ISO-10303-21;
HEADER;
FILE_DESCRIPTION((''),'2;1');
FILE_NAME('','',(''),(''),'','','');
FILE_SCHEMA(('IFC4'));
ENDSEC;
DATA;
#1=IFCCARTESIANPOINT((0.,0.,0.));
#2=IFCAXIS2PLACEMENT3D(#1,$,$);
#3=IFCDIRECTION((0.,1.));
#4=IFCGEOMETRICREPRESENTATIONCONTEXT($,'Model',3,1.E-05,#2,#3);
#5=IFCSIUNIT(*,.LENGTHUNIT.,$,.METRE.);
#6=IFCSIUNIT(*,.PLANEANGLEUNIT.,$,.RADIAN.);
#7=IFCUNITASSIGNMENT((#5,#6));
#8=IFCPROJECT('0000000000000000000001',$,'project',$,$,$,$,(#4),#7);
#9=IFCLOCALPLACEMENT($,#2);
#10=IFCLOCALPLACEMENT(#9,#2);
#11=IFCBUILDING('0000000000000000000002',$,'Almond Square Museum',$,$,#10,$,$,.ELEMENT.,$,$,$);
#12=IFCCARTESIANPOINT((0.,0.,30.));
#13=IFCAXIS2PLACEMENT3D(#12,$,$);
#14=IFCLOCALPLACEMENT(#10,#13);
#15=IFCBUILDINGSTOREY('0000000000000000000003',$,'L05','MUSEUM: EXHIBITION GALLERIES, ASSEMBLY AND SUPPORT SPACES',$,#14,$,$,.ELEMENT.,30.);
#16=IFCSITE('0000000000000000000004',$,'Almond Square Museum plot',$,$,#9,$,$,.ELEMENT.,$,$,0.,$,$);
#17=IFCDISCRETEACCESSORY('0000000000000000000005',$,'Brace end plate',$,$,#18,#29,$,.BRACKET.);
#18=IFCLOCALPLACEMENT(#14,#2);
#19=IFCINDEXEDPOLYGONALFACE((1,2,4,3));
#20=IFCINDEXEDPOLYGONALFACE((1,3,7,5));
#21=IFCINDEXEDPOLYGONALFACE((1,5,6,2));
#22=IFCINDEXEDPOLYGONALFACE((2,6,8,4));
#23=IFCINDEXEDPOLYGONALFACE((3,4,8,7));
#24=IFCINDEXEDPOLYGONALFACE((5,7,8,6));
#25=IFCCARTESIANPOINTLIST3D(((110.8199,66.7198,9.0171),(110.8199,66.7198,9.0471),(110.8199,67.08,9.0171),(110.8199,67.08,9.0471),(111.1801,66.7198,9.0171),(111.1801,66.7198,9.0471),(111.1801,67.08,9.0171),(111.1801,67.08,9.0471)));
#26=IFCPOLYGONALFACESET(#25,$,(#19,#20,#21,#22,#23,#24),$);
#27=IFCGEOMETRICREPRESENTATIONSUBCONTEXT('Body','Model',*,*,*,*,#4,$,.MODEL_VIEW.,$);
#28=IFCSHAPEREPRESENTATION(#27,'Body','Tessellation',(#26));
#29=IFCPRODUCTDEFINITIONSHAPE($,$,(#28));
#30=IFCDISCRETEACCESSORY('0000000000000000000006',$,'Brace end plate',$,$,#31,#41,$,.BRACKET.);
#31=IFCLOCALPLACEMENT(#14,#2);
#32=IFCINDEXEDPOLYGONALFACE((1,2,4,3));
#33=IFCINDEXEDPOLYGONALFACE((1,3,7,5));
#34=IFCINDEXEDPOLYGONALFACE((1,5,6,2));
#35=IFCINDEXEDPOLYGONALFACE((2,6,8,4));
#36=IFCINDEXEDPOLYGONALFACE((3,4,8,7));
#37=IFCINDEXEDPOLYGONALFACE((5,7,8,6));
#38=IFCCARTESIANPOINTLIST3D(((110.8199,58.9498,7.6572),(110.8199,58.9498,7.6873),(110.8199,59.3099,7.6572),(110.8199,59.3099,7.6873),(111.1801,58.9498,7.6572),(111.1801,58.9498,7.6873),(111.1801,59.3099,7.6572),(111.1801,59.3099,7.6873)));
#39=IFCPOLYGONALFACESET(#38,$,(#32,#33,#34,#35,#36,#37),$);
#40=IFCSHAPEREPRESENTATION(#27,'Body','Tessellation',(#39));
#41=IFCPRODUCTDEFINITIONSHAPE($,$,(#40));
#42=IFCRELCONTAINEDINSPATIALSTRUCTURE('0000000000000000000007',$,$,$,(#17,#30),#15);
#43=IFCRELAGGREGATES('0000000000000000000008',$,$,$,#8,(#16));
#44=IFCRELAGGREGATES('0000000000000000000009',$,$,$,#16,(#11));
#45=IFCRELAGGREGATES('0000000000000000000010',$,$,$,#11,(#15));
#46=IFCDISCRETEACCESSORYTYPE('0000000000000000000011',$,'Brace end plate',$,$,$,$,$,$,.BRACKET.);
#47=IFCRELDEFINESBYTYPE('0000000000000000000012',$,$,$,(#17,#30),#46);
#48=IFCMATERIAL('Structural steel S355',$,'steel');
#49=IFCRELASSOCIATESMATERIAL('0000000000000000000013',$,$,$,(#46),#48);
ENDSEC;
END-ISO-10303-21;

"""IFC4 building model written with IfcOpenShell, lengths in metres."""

from ifc_helpers import new_model, si_unit, direction, frame, origin, origin_2d, place, context, subcontext, project, spatial, rectangle, extrude, material, type_object, element, save


model = new_model("IFC4")

# Units and contexts
model_context = context("Model", 3, precision=1e-05, world=origin(), true_north=direction((0.0, 1.0)))
body_context = subcontext(model_context, "Body", "Model", "MODEL_VIEW")
ifc_project = project(units=[si_unit("LENGTHUNIT", "METRE"), si_unit("PLANEANGLEUNIT", "RADIAN")], contexts=[model_context])

# Site, building, storey
site_placement = place(None, origin())
site = spatial("IfcSite", under=ifc_project, at=site_placement, Name="Almond Square Museum plot", CompositionType="ELEMENT", RefElevation=0.0)
building_placement = place(site_placement, origin())
building = spatial("IfcBuilding", under=site, at=building_placement, Name="Almond Square Museum", CompositionType="ELEMENT")
storey_placement = place(building_placement, frame((0.0, 0.0, 30.0)))
storey = spatial("IfcBuildingStorey", under=building, at=storey_placement, Name="L05", Description="MUSEUM: EXHIBITION GALLERIES, ASSEMBLY AND SUPPORT SPACES", CompositionType="ELEMENT", Elevation=30.0)

# Discrete accessories
ifc_material_1 = material(Name="Structural steel S355", Category="steel")
discrete_accessory_type_1 = type_object("IfcDiscreteAccessoryType", Name="Brace end plate", PredefinedType="BRACKET", material=ifc_material_1)
for number, where, z_axis, x_axis, name in (
    (1, (111.0, 66.8999, 9.0171), (0.0, 0.0, 1.0), (1.0, 0.0, 0.0), "Brace end plate"),
    (2, (111.0, 59.1299, 7.6572), (0.0, 0.0, 1.0), (1.0, 0.0, 0.0), "Brace end plate"),
):
    element("IfcDiscreteAccessory", number, at=place(storey_placement, frame(where, z_axis=z_axis, x_axis=x_axis)), inside=storey, type_object=discrete_accessory_type_1, Name=name, PredefinedType="BRACKET", context=body_context, shape_type="SweptSolid", body=[
        extrude(rectangle(XDim=0.3601, YDim=0.3601, at=origin_2d()), origin(), (0.0, 0.0, 1.0), 0.03),
    ])

save(model, "model.ifc")
